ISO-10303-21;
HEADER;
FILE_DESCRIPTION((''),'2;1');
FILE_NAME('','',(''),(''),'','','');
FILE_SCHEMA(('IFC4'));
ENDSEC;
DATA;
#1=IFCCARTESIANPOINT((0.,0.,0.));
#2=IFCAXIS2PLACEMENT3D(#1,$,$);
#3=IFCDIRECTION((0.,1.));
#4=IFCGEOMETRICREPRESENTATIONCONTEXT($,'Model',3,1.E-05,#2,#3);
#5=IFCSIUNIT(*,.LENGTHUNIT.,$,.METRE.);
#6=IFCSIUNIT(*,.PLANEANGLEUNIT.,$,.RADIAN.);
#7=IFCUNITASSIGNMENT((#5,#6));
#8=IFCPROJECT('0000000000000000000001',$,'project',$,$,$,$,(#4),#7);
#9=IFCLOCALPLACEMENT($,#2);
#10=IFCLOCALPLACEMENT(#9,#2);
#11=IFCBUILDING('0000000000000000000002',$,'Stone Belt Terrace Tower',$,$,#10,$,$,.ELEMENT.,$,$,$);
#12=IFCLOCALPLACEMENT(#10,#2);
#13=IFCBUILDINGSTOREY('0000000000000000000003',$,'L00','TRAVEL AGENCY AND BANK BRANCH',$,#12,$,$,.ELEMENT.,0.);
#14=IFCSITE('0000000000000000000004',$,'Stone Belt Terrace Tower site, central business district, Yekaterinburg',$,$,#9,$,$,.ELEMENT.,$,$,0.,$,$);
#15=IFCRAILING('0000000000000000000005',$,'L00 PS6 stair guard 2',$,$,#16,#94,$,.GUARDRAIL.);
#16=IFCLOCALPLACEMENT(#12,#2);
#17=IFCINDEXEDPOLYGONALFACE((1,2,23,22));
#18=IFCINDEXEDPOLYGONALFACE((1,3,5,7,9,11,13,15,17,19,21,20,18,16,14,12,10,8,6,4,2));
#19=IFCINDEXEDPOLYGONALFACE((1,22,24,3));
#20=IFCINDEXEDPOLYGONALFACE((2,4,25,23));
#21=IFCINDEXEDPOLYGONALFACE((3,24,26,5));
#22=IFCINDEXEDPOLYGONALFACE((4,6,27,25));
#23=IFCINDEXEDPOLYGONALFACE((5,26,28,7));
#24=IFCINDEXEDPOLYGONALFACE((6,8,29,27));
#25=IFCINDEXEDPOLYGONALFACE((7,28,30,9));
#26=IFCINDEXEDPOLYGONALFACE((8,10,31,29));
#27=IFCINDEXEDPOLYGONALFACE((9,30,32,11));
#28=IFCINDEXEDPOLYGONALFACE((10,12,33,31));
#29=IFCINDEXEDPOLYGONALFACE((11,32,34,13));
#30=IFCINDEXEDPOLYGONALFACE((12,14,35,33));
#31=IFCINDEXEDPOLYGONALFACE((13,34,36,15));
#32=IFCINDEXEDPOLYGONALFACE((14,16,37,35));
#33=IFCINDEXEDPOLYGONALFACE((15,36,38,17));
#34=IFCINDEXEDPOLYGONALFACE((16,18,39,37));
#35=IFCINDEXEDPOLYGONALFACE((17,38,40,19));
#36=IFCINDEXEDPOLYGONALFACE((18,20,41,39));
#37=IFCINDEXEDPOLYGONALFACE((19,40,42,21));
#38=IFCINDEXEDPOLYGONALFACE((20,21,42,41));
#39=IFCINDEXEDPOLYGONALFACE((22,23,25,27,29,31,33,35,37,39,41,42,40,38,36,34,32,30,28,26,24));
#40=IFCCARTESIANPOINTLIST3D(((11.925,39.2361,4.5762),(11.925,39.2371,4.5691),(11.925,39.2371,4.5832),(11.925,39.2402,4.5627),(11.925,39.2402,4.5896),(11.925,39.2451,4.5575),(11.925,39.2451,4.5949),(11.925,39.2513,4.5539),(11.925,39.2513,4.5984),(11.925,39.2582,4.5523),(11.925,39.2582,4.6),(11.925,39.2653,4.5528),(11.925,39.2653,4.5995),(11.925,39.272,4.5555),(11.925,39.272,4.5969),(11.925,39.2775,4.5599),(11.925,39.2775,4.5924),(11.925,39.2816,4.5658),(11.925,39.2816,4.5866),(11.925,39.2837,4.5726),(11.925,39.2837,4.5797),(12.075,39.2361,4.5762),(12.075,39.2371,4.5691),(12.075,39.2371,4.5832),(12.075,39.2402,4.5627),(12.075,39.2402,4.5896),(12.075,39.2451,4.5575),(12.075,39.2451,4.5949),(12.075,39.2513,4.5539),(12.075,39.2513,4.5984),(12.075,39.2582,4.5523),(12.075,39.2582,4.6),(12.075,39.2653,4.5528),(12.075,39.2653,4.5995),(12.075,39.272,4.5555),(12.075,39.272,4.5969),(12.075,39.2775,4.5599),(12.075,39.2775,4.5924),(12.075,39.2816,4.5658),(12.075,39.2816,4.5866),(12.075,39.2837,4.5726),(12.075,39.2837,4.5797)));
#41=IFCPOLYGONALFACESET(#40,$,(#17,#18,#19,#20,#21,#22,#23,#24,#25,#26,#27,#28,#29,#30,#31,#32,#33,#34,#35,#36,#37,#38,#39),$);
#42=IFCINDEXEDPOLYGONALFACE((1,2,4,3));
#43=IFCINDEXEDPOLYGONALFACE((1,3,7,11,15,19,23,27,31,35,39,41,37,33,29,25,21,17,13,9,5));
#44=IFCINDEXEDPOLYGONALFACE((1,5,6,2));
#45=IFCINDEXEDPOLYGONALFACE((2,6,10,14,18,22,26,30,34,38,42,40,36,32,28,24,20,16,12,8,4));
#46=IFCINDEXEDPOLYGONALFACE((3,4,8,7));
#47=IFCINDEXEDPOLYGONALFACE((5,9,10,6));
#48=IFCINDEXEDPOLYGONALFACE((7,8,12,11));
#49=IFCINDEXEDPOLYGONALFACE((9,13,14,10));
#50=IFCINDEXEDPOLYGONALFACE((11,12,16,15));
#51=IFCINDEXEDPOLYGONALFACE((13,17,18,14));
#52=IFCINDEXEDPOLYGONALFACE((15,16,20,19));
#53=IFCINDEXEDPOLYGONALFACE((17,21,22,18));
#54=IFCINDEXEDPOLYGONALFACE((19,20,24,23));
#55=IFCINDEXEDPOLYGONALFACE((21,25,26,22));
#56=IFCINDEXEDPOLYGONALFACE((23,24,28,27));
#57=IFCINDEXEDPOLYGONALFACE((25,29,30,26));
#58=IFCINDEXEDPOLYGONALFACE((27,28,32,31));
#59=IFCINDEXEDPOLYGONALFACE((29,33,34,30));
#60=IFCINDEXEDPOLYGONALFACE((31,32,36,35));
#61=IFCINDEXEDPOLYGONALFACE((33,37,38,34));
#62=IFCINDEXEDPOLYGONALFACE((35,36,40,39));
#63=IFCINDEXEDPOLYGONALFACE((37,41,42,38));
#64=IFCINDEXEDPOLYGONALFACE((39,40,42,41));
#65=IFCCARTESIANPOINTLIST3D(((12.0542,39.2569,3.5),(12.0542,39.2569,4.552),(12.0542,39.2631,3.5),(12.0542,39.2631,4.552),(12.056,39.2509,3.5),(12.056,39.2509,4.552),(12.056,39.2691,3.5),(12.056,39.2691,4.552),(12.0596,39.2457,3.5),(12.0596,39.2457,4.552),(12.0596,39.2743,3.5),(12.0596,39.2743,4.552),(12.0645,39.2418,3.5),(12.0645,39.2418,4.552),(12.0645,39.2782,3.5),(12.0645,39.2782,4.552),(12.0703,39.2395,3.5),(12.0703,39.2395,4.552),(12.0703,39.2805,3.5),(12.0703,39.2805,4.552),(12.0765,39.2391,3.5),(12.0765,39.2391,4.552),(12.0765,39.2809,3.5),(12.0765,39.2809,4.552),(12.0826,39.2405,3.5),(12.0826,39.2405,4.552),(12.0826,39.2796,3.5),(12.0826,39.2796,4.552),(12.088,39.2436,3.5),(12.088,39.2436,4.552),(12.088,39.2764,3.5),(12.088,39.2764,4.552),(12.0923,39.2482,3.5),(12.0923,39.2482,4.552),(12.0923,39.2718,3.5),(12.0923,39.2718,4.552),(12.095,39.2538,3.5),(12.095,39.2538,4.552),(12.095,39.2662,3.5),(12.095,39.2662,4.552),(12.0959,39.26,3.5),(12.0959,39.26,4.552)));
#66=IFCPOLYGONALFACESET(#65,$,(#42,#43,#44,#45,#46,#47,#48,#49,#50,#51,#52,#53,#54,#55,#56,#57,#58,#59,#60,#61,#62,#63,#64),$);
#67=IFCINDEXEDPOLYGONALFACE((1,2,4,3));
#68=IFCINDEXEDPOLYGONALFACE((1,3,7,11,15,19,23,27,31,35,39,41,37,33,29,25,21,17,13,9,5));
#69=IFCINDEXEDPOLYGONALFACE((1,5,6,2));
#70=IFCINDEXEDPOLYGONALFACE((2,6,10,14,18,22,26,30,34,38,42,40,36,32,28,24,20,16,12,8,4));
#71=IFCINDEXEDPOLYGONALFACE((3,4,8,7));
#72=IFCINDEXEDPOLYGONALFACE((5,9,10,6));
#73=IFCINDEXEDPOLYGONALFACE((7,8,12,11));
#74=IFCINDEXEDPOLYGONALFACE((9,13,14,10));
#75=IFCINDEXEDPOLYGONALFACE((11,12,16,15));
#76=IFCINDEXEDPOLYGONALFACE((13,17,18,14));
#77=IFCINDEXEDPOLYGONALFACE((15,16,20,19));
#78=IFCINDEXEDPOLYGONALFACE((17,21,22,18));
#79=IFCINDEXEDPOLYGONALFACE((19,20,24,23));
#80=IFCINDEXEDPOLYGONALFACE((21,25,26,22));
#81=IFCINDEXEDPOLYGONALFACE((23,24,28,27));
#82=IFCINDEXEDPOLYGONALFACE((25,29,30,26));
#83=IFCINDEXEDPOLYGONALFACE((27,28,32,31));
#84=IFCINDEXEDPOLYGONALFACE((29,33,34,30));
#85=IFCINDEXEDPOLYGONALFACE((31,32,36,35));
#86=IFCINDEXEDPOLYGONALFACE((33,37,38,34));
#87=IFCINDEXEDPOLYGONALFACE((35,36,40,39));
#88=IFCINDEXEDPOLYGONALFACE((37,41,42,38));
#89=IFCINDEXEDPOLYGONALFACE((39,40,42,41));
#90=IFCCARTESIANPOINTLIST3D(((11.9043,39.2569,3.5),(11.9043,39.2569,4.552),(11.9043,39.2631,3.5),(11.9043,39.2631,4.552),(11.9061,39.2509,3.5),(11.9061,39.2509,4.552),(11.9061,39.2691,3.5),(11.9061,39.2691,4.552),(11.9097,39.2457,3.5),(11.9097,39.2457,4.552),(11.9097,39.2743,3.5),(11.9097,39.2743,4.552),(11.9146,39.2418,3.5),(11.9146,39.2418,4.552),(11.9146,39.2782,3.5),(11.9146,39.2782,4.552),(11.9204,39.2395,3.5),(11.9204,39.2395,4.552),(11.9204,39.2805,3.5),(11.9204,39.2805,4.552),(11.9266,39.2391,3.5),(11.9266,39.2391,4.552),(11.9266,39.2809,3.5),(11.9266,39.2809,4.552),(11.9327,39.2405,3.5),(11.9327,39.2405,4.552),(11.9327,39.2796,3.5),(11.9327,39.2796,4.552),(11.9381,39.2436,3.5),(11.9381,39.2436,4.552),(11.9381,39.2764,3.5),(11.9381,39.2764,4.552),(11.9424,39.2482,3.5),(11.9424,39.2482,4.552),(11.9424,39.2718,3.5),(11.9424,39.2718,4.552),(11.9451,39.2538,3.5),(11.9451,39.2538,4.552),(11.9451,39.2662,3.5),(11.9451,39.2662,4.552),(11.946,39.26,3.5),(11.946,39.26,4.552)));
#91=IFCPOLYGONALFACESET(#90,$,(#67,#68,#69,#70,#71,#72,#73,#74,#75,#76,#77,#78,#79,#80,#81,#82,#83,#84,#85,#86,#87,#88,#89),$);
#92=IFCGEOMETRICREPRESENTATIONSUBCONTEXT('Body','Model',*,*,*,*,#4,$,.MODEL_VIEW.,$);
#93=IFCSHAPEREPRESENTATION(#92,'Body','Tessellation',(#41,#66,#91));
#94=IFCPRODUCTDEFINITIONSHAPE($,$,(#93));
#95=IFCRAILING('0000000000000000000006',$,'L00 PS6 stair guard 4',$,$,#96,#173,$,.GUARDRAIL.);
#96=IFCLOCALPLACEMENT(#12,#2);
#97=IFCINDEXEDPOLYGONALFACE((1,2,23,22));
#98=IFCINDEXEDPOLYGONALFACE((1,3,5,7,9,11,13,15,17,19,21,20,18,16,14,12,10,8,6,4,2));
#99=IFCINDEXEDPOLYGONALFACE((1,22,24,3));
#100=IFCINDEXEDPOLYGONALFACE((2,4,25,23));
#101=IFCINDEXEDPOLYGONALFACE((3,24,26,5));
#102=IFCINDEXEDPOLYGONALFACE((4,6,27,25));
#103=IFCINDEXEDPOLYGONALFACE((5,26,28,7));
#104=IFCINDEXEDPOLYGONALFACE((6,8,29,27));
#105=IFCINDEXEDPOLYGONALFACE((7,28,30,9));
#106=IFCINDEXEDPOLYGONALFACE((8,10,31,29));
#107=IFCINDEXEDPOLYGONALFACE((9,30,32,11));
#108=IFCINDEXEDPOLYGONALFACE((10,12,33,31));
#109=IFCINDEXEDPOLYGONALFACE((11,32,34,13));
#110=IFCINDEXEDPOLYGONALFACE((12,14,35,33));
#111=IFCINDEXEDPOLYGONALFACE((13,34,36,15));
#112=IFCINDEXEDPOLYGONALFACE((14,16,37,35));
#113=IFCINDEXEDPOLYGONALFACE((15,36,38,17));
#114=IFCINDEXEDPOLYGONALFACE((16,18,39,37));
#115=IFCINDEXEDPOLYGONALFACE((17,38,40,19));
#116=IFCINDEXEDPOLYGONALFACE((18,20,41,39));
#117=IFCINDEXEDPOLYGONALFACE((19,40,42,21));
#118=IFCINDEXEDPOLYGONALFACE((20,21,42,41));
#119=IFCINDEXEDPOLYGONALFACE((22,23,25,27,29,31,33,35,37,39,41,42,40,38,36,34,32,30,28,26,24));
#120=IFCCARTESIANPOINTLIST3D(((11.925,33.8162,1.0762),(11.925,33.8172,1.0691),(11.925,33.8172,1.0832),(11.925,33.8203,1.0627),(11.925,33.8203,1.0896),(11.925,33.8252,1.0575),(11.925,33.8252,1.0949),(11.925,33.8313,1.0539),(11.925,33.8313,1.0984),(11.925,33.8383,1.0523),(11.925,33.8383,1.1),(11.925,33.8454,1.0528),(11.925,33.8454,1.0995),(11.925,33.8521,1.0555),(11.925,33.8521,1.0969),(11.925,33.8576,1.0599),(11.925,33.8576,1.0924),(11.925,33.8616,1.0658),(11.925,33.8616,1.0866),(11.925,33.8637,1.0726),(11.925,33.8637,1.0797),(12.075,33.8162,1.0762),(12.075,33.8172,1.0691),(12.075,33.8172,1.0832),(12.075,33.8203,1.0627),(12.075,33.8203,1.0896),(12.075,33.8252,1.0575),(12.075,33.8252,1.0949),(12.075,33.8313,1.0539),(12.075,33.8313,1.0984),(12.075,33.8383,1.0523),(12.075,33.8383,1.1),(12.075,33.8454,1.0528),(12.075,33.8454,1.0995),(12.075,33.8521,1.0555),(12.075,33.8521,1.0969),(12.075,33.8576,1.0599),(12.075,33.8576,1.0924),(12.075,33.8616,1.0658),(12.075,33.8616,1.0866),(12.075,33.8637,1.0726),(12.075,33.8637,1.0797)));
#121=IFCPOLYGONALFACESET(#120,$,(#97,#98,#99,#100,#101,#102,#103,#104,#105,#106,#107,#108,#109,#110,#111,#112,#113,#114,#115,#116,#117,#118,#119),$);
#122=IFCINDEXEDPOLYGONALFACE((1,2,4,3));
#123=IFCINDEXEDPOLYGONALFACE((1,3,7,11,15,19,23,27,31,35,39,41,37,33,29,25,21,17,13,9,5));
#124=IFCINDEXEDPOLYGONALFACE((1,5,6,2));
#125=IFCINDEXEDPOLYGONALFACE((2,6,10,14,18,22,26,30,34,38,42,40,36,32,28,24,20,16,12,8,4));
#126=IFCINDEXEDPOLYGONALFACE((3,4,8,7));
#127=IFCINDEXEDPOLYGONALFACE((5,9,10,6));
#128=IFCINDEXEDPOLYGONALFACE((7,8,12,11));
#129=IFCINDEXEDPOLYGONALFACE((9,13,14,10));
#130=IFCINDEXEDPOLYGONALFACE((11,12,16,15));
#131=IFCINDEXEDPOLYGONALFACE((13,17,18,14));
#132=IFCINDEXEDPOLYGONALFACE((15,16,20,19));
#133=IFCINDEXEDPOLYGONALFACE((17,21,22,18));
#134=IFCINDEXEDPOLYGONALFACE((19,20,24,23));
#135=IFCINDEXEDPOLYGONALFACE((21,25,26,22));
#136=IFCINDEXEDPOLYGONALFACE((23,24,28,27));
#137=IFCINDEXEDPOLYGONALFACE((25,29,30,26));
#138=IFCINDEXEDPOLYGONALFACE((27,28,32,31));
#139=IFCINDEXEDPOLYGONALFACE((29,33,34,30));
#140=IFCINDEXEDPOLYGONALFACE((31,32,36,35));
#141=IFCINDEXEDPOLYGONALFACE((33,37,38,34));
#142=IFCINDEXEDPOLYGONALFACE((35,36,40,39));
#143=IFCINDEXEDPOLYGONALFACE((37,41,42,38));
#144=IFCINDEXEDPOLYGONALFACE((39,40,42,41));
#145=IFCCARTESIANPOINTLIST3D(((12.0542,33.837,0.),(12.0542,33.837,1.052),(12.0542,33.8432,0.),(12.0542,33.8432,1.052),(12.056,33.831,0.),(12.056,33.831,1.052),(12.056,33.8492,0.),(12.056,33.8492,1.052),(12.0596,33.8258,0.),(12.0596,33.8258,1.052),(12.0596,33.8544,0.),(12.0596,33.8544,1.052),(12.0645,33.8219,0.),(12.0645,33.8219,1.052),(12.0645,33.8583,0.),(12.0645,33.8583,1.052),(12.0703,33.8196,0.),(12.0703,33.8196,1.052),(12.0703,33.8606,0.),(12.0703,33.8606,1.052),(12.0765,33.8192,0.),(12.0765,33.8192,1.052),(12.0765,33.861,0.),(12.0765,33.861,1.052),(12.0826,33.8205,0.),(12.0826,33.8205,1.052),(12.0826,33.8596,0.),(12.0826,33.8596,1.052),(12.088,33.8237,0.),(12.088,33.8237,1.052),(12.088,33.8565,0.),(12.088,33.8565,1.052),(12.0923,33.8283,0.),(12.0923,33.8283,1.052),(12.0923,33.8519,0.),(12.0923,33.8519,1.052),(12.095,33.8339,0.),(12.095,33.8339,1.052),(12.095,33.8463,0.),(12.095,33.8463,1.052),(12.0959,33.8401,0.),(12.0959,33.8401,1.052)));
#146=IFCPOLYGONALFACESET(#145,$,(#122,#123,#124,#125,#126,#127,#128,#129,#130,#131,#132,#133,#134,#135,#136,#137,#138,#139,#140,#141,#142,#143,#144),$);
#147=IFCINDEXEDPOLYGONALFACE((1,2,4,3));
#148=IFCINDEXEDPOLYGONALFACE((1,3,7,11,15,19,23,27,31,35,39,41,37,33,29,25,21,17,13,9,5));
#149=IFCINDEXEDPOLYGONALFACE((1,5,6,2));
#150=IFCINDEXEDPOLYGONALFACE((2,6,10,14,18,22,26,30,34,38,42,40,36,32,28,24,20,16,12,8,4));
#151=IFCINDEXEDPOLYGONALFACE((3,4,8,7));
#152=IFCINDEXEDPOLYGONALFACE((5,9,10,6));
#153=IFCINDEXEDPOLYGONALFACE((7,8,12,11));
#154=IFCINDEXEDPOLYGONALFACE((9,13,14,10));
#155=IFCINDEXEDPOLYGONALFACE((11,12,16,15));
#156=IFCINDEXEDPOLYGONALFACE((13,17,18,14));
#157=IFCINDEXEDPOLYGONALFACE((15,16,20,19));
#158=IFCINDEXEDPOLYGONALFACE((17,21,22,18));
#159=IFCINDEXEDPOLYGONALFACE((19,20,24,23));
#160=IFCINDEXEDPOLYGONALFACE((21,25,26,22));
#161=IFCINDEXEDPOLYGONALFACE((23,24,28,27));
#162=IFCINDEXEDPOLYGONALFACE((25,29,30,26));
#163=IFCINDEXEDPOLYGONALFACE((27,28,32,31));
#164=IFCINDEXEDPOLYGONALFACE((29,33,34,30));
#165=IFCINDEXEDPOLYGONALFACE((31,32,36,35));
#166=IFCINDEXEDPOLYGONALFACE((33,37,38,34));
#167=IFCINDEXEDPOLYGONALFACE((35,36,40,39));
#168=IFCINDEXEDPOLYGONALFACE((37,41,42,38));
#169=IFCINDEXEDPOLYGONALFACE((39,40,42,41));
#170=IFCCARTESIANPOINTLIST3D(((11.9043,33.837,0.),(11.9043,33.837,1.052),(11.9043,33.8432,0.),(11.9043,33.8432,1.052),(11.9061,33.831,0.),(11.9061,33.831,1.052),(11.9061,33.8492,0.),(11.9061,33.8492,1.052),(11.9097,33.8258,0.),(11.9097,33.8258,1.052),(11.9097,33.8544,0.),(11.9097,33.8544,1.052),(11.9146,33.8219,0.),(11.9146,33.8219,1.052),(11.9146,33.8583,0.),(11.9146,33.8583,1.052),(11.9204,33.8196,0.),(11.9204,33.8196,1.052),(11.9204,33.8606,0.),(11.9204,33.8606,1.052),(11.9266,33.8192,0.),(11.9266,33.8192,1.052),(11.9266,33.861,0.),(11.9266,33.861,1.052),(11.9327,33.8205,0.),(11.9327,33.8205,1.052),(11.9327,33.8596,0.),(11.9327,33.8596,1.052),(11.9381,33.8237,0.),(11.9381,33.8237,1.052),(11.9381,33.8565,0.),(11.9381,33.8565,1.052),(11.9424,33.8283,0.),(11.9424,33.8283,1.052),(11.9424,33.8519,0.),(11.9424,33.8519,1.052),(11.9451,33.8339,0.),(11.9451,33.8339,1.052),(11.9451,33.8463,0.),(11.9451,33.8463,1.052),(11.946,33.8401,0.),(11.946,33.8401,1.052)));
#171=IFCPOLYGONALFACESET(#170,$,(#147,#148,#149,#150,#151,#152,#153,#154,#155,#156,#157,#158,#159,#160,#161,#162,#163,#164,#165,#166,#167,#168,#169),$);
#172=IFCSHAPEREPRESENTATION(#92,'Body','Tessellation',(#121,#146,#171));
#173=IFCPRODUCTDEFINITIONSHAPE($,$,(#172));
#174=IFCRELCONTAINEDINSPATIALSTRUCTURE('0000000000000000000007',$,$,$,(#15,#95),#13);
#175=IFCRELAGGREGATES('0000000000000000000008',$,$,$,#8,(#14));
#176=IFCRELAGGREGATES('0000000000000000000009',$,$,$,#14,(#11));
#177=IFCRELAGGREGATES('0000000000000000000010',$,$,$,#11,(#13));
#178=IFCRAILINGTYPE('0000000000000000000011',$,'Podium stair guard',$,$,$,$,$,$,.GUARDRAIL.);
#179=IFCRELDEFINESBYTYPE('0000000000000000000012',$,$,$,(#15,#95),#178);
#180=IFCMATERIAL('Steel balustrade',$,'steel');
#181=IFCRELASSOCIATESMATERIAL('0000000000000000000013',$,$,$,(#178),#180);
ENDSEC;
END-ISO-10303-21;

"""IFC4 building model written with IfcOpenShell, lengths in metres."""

from ifc_helpers import new_model, si_unit, direction, frame, origin, origin_2d, place, context, subcontext, project, spatial, circle, extrude, material, type_object, element, save


model = new_model("IFC4")

# Units and contexts
model_context = context("Model", 3, precision=1e-05, world=origin(), true_north=direction((0.0, 1.0)))
body_context = subcontext(model_context, "Body", "Model", "MODEL_VIEW")
ifc_project = project(units=[si_unit("LENGTHUNIT", "METRE"), si_unit("PLANEANGLEUNIT", "RADIAN")], contexts=[model_context])

# Site, building, storey
site_placement = place(None, origin())
site = spatial("IfcSite", under=ifc_project, at=site_placement, Name="Stone Belt Terrace Tower site, central business district, Yekaterinburg", CompositionType="ELEMENT", RefElevation=0.0)
building_placement = place(site_placement, origin())
building = spatial("IfcBuilding", under=site, at=building_placement, Name="Stone Belt Terrace Tower", CompositionType="ELEMENT")
storey_placement = place(building_placement, origin())
storey = spatial("IfcBuildingStorey", under=building, at=storey_placement, Name="L00", Description="TRAVEL AGENCY AND BANK BRANCH", CompositionType="ELEMENT", Elevation=0.0)

# Railings
ifc_material_1 = material(Name="Steel balustrade", Category="steel")
railing_type_1 = type_object("IfcRailingType", Name="Podium stair guard", PredefinedType="GUARDRAIL", material=ifc_material_1)
railing_1_placement = place(storey_placement, frame((12.075, 39.26, 3.5)))
element("IfcRailing", 1, at=railing_1_placement, inside=storey, type_object=railing_type_1, Name="L00 PS6 stair guard 2", PredefinedType="GUARDRAIL", context=body_context, shape_type="SweptSolid", body=[
    extrude(circle(Radius=0.0239, at=origin_2d()), frame((0.0, 0.0, 1.0762), z_axis=(-1.0, 0.0, 0.0), x_axis=(0.0, -1.0, 0.0)), (0.0, 0.0, 1.0), 0.1499),
    extrude(circle(Radius=0.021, at=origin_2d()), origin(), (0.0, 0.0, 1.0), 1.052),
    extrude(circle(Radius=0.021, at=origin_2d()), frame((-0.1499, 0.0, 0.0)), (0.0, 0.0, 1.0), 1.052),
])
railing_2_placement = place(storey_placement, frame((12.075, 33.8401, 0.0)))
element("IfcRailing", 2, at=railing_2_placement, inside=storey, type_object=railing_type_1, Name="L00 PS6 stair guard 4", PredefinedType="GUARDRAIL", context=body_context, shape_type="SweptSolid", body=[
    extrude(circle(Radius=0.0239, at=origin_2d()), frame((0.0, 0.0, 1.0762), z_axis=(-1.0, 0.0, 0.0), x_axis=(0.0, -1.0, 0.0)), (0.0, 0.0, 1.0), 0.1499),
    extrude(circle(Radius=0.021, at=origin_2d()), origin(), (0.0, 0.0, 1.0), 1.052),
    extrude(circle(Radius=0.021, at=origin_2d()), frame((-0.1499, 0.0, 0.0)), (0.0, 0.0, 1.0), 1.052),
])

save(model, "model.ifc")
